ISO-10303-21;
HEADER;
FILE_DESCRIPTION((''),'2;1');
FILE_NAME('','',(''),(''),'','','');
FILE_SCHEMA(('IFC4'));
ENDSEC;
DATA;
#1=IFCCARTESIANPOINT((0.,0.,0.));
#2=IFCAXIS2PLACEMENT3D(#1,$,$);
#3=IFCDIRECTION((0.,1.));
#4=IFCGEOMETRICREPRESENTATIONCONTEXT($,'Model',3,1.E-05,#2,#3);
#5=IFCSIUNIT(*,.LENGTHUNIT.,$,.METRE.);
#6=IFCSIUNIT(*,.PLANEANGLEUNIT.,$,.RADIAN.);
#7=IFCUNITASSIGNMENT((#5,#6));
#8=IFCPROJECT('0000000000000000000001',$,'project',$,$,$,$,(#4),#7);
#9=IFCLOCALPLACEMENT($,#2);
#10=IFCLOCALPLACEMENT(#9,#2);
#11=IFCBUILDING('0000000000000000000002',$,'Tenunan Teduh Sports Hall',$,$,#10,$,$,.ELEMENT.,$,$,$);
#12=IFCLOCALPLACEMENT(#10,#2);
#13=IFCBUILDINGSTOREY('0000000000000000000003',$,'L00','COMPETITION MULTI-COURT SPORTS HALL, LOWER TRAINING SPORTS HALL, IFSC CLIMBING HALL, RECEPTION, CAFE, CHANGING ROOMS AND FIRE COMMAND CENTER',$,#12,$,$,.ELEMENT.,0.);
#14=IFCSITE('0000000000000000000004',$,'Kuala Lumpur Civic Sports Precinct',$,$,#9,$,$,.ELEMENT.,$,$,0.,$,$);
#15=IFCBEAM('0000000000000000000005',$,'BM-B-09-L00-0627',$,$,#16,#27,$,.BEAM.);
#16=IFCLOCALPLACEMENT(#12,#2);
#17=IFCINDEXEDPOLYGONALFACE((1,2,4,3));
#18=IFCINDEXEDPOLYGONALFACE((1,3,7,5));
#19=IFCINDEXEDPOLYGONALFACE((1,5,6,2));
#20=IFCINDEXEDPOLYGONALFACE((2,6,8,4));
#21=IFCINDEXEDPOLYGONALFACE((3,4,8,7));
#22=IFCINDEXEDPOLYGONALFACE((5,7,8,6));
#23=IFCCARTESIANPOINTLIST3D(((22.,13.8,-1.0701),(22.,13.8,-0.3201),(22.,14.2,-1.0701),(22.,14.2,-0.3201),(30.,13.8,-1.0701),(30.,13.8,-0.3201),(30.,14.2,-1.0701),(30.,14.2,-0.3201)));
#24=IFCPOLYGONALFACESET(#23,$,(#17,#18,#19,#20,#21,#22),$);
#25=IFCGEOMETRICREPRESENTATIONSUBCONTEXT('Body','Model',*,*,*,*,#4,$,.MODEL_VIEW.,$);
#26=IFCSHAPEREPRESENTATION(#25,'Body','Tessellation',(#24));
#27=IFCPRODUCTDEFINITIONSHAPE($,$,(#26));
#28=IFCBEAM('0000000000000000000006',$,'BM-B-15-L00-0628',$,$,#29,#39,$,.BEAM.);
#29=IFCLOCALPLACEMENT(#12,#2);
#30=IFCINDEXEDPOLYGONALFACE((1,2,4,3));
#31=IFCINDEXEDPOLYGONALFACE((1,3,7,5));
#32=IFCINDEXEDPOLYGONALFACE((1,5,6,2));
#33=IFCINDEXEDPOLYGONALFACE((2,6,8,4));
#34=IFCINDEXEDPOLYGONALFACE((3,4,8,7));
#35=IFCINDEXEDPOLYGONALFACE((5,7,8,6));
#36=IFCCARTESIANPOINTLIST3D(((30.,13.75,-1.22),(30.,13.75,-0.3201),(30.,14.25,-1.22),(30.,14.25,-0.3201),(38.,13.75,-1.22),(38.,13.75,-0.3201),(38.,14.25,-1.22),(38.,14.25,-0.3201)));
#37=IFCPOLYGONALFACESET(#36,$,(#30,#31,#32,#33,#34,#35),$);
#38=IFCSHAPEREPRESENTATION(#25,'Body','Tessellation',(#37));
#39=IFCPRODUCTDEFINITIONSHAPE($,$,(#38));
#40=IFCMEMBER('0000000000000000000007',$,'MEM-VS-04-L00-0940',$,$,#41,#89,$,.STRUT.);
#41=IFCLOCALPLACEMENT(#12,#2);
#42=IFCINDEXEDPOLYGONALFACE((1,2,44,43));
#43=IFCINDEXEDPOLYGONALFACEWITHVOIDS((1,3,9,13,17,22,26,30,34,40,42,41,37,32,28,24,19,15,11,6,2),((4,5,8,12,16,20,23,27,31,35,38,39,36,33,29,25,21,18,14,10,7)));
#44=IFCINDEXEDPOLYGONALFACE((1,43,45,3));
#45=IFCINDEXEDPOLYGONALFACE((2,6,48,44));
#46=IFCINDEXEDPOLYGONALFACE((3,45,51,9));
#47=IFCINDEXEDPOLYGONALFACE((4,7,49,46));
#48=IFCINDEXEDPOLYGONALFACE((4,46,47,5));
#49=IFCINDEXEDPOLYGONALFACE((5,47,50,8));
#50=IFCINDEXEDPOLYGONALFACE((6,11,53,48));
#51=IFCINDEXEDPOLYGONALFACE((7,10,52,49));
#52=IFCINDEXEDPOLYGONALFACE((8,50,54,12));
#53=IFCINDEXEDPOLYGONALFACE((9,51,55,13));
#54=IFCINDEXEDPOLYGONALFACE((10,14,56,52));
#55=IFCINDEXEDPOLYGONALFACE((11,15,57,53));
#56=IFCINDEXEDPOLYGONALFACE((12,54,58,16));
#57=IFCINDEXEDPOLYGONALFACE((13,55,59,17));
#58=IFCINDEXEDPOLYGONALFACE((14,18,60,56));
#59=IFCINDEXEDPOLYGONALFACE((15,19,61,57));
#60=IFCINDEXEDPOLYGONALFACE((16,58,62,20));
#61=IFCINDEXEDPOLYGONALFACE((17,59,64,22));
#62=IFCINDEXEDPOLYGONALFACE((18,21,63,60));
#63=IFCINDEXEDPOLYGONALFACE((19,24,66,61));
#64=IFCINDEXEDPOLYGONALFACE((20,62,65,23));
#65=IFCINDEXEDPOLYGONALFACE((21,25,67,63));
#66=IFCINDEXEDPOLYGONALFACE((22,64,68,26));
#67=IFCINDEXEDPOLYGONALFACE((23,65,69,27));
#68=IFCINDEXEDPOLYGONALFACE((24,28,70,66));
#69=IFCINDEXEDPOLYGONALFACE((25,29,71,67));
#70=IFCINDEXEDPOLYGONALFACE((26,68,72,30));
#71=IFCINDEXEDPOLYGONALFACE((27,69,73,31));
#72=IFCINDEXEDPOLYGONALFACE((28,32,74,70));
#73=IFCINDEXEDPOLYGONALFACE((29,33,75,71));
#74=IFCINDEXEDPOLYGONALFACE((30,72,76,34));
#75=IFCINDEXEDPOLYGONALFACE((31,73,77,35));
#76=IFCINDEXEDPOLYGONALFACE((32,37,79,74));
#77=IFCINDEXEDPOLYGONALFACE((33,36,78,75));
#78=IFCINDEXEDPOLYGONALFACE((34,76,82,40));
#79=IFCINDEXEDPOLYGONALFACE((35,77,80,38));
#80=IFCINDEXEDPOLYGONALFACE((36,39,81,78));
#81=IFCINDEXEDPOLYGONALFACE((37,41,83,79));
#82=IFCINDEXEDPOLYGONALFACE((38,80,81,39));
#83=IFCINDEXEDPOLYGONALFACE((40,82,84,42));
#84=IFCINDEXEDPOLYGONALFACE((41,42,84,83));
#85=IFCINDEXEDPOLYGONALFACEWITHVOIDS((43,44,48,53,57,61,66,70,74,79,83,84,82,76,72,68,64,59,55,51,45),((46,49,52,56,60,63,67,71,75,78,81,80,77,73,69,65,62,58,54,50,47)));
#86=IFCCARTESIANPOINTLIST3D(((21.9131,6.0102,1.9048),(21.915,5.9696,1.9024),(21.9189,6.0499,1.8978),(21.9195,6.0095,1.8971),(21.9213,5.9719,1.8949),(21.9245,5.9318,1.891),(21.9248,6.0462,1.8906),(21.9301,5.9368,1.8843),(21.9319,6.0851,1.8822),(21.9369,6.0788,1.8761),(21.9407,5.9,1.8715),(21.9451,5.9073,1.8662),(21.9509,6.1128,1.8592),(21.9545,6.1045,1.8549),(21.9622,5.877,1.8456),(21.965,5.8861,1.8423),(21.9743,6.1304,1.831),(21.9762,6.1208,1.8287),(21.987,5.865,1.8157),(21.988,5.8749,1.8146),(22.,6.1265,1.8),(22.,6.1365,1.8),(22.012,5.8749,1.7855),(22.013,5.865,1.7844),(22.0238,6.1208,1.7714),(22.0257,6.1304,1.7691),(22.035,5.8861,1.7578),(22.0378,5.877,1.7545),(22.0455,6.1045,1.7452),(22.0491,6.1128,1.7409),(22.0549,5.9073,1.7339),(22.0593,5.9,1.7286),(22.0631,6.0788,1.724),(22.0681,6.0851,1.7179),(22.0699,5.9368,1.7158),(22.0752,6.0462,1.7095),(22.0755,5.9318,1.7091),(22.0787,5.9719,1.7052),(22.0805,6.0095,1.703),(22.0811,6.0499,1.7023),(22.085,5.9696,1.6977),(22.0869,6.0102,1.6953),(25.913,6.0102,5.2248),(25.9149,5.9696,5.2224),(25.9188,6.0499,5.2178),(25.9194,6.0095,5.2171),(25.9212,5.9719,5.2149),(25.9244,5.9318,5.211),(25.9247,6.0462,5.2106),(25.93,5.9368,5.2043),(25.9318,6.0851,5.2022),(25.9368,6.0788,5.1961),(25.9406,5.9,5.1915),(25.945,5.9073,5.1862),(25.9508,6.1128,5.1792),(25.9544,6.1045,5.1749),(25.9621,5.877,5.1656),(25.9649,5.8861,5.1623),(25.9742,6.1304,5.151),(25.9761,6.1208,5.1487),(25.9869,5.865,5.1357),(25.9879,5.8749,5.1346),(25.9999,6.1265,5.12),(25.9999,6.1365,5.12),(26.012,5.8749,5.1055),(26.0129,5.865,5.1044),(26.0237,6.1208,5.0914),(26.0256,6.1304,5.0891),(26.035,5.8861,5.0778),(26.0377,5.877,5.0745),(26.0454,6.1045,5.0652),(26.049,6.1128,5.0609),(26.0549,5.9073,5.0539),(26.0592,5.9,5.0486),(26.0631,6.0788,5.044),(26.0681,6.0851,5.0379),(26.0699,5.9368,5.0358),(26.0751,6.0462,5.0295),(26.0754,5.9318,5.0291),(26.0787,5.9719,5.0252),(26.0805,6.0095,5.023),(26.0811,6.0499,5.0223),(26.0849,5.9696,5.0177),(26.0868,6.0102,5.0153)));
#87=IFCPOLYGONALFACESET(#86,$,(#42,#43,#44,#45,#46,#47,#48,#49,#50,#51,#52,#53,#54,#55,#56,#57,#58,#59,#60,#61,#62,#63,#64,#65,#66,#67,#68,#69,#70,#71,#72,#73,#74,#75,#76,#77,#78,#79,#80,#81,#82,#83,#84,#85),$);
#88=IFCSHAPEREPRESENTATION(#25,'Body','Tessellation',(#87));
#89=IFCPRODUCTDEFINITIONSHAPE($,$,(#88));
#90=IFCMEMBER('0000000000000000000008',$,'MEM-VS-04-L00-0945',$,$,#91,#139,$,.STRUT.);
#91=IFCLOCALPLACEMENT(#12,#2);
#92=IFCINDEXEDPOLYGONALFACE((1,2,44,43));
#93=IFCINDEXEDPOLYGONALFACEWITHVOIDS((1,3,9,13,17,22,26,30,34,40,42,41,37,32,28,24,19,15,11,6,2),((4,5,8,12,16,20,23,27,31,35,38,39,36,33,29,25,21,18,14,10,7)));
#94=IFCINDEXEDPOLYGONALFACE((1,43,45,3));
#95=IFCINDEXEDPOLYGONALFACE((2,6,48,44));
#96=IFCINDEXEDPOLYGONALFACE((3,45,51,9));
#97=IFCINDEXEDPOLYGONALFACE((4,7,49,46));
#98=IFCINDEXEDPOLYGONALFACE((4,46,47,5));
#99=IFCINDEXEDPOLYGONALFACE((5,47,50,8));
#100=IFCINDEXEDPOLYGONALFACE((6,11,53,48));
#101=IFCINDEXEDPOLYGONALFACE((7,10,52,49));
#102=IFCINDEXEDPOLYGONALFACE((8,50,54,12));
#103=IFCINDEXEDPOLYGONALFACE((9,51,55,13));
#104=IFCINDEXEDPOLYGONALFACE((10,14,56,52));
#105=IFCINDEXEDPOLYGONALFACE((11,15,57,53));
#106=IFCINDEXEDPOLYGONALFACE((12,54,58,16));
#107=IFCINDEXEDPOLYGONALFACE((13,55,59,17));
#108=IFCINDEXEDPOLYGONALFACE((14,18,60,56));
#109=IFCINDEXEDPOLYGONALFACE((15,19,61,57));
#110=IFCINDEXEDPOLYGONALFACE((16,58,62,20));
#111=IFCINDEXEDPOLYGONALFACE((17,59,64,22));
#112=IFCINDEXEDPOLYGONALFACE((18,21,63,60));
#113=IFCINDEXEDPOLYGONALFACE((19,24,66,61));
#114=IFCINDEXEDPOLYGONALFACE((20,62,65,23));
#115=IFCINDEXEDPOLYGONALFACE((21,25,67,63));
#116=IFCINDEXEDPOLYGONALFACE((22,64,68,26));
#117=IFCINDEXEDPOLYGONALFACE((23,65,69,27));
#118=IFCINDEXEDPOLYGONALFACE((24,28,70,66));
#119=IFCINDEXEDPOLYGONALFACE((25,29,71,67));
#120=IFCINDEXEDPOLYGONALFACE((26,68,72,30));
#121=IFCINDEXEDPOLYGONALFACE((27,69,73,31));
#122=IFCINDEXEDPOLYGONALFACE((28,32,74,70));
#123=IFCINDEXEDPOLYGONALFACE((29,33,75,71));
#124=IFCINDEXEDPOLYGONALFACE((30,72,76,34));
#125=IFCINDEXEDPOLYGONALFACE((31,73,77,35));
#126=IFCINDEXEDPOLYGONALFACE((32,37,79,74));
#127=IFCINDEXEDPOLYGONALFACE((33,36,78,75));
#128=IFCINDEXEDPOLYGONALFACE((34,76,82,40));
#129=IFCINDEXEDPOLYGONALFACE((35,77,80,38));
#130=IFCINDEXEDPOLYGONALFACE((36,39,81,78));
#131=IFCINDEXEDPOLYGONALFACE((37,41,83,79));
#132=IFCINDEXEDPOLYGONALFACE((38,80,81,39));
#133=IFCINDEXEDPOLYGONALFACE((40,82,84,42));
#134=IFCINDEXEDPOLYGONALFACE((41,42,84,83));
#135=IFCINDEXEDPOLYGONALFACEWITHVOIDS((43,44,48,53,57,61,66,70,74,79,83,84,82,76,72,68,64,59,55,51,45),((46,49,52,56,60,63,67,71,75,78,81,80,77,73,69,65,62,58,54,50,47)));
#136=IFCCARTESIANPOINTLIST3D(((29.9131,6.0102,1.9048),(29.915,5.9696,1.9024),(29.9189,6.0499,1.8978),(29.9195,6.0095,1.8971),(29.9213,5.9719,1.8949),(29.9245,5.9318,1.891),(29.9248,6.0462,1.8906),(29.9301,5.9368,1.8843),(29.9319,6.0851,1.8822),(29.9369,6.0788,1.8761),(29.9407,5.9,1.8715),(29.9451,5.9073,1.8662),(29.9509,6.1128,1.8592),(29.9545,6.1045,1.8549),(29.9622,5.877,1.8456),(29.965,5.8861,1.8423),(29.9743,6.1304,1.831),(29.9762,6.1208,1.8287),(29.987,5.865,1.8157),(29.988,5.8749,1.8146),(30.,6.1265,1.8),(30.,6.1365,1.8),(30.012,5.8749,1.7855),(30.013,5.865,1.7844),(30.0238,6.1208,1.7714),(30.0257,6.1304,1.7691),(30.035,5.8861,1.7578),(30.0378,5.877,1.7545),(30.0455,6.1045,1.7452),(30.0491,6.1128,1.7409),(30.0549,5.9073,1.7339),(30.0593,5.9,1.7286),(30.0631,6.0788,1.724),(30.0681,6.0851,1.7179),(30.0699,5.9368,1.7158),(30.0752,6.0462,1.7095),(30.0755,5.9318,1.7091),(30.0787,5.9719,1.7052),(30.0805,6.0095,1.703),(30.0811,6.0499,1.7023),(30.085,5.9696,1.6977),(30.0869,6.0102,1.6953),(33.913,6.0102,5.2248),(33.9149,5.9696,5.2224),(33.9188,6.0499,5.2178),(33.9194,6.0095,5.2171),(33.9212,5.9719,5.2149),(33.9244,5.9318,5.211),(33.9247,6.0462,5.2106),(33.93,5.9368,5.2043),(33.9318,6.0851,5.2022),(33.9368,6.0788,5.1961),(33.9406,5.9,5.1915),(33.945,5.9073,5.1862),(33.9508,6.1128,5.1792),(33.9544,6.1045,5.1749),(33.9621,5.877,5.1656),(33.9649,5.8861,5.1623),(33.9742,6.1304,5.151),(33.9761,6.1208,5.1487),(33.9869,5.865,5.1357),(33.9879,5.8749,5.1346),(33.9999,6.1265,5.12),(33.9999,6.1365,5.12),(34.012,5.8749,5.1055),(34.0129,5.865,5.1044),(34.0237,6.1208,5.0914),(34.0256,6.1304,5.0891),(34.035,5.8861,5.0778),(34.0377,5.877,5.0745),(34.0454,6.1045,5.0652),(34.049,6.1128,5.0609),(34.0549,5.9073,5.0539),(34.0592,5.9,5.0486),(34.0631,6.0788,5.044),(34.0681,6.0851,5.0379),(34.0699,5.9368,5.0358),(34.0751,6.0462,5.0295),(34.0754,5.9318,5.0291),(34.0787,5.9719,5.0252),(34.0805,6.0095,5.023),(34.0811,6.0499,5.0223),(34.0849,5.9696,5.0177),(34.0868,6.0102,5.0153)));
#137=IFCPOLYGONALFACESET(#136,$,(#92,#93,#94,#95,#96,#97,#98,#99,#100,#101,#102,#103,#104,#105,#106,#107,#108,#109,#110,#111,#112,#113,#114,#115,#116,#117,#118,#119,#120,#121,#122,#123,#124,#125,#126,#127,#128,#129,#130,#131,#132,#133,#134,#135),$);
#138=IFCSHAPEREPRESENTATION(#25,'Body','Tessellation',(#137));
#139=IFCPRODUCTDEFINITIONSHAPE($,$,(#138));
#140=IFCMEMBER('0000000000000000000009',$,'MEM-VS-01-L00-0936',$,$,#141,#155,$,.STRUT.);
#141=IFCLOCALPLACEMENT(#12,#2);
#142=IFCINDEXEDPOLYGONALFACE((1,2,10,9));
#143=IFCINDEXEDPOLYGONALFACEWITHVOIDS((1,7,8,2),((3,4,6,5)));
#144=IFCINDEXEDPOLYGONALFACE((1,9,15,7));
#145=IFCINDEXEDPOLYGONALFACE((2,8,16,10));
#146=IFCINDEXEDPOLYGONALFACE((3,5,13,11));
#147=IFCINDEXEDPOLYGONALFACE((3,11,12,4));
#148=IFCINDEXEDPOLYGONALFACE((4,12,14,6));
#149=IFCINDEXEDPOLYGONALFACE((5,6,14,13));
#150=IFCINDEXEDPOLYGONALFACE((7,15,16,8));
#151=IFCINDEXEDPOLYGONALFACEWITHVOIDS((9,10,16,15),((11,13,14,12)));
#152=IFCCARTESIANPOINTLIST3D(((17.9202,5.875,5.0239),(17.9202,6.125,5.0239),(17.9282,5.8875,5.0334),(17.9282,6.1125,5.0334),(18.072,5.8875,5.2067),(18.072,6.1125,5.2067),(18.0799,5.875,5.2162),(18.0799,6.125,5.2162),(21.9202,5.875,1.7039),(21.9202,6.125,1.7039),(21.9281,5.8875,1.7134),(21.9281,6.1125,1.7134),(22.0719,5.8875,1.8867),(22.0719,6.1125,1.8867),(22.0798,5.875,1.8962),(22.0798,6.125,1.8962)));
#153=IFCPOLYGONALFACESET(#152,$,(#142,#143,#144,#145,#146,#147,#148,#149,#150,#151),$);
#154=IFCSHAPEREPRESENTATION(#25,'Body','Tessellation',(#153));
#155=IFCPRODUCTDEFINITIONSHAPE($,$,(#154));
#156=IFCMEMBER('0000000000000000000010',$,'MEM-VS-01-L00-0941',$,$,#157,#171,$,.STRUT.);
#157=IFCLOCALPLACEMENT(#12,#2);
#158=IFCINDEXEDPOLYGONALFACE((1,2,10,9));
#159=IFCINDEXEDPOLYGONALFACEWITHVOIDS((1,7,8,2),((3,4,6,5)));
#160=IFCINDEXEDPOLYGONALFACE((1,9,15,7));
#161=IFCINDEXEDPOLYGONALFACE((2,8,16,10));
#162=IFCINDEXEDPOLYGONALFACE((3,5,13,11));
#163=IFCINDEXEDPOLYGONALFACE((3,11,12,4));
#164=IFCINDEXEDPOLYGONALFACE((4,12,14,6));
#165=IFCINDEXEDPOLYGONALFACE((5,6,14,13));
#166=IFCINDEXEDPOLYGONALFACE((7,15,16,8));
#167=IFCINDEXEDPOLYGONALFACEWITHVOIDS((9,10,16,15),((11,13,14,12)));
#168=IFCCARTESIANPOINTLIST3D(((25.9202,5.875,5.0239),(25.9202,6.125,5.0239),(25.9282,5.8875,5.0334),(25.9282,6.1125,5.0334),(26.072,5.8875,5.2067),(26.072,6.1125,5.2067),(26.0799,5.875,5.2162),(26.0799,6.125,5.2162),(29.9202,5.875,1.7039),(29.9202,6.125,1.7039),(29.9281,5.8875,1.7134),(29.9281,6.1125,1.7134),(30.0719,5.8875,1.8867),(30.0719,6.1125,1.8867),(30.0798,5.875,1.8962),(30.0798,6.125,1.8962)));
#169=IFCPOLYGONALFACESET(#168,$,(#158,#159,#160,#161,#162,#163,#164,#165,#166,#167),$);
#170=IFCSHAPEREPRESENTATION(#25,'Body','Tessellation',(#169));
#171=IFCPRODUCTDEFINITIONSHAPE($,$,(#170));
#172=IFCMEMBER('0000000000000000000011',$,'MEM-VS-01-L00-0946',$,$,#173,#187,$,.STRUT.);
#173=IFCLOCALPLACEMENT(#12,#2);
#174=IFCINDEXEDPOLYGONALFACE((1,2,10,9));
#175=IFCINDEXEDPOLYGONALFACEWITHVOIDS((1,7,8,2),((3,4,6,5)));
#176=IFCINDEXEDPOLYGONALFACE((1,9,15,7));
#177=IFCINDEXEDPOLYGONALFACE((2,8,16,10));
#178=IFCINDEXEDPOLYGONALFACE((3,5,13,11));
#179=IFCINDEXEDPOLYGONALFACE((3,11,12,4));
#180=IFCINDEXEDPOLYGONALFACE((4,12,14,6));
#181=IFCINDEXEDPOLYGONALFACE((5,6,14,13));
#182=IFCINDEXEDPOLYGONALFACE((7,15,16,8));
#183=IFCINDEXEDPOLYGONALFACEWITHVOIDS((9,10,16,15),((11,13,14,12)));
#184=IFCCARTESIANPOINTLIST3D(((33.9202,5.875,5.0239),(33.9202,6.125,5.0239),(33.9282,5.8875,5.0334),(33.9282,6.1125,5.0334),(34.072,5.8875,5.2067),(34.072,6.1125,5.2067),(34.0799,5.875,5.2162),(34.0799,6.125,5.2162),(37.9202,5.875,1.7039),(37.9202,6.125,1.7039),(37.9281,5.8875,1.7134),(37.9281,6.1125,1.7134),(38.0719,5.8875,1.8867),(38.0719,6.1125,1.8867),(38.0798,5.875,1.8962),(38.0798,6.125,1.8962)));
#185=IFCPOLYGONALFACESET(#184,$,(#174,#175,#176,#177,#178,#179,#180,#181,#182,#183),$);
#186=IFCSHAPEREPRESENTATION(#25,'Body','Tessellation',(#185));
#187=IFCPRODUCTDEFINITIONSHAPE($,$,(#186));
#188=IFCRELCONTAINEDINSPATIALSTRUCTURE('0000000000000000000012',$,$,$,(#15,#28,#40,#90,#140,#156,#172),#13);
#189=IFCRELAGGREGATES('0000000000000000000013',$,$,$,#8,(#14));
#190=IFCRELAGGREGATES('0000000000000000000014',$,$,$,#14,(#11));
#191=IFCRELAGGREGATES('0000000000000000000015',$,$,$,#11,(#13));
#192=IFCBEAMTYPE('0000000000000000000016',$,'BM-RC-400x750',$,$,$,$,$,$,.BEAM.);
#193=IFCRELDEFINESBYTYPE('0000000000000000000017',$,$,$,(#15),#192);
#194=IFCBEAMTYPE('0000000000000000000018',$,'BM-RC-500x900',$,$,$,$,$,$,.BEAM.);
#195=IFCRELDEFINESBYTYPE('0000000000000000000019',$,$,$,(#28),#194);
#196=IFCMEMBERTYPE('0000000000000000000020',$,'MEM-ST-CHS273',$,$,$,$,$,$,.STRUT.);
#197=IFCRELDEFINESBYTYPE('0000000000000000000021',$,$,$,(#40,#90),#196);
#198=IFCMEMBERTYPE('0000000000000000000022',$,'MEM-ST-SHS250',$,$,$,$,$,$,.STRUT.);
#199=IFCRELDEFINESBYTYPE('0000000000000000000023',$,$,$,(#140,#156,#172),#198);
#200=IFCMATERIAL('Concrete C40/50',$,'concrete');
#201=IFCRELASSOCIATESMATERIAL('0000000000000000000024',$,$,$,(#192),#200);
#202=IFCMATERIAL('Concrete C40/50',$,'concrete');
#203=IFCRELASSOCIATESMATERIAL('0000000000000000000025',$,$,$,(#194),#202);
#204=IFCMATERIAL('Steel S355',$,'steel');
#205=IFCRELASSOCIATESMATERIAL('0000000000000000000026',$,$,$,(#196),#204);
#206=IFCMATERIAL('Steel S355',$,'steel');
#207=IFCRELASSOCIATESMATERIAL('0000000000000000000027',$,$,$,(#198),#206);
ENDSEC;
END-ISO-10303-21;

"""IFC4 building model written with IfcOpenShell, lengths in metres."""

from ifc_helpers import new_model, si_unit, direction, frame, origin, origin_2d, place, context, subcontext, project, spatial, rectangle, hollow_rectangle, hollow_circle, extrude, material, material_profile, profile_set, type_object, element, save


model = new_model("IFC4")

# Units and contexts
model_context = context("Model", 3, precision=1e-05, world=origin(), true_north=direction((0.0, 1.0)))
body_context = subcontext(model_context, "Body", "Model", "MODEL_VIEW")
ifc_project = project(units=[si_unit("LENGTHUNIT", "METRE"), si_unit("PLANEANGLEUNIT", "RADIAN")], contexts=[model_context])

# Site, building, storey
site_placement = place(None, origin())
site = spatial("IfcSite", under=ifc_project, at=site_placement, Name="Kuala Lumpur Civic Sports Precinct", CompositionType="ELEMENT", RefElevation=0.0)
building_placement = place(site_placement, origin())
building = spatial("IfcBuilding", under=site, at=building_placement, Name="Tenunan Teduh Sports Hall", CompositionType="ELEMENT")
storey_placement = place(building_placement, origin())
storey = spatial("IfcBuildingStorey", under=building, at=storey_placement, Name="L00", Description="COMPETITION MULTI-COURT SPORTS HALL, LOWER TRAINING SPORTS HALL, IFSC CLIMBING HALL, RECEPTION, CAFE, CHANGING ROOMS AND FIRE COMMAND CENTER", CompositionType="ELEMENT", Elevation=0.0)

# Beams
ifc_material_1 = material(Name="Concrete C40/50", Category="concrete")
ifc_material_profile_1 = material_profile(ifc_material_1, rectangle(XDim=0.3999, YDim=0.75, at=origin_2d()), Name="RCB 400x750")
ifc_profile_set_1 = profile_set([ifc_material_profile_1], Name="Concrete C40/50")
beam_type_1 = type_object("IfcBeamType", Name="BM-RC-400x750", PredefinedType="BEAM", material=ifc_profile_set_1)
beam_1_placement = place(storey_placement, frame((22.0, 14.0, -0.6951), z_axis=(1.0, 0.0, 0.0), x_axis=(0.0, 1.0, 0.0)))
element("IfcBeam", 1, at=beam_1_placement, inside=storey, type_object=beam_type_1, Name="BM-B-09-L00-0627", PredefinedType="BEAM", context=body_context, shape_type="SweptSolid", body=[
    extrude(rectangle(XDim=0.3999, YDim=0.75, at=origin_2d()), origin(), (0.0, 0.0, 1.0), 8.0),
])
ifc_material_2 = material(Name="Concrete C40/50", Category="concrete")
ifc_material_profile_2 = material_profile(ifc_material_2, rectangle(XDim=0.5, YDim=0.8999, at=origin_2d()), Name="RCB 500x900")
ifc_profile_set_2 = profile_set([ifc_material_profile_2], Name="Concrete C40/50")
beam_type_2 = type_object("IfcBeamType", Name="BM-RC-500x900", PredefinedType="BEAM", material=ifc_profile_set_2)
beam_2_placement = place(storey_placement, frame((30.0, 14.0, -0.77), z_axis=(1.0, 0.0, 0.0), x_axis=(0.0, 1.0, 0.0)))
element("IfcBeam", 2, at=beam_2_placement, inside=storey, type_object=beam_type_2, Name="BM-B-15-L00-0628", PredefinedType="BEAM", context=body_context, shape_type="SweptSolid", body=[
    extrude(rectangle(XDim=0.5, YDim=0.8999, at=origin_2d()), origin(), (0.0, 0.0, 1.0), 8.0),
])

# Members
ifc_material_3 = material(Name="Steel S355", Category="steel")
ifc_material_profile_3 = material_profile(ifc_material_3, hollow_circle(Radius=0.1365, WallThickness=0.01, at=origin_2d()), Name="CHS 273.0x10.0")
ifc_profile_set_3 = profile_set([ifc_material_profile_3], Name="Steel S355")
member_type_1 = type_object("IfcMemberType", Name="MEM-ST-CHS273", PredefinedType="STRUT", material=ifc_profile_set_3)
for number, where, z_axis, x_axis, name in (
    (3, (22.0, 6.0, 1.8), (0.769475, 0.0, 0.638677), (0.0, 1.0, 0.0), "MEM-VS-04-L00-0940"),
    (4, (30.0, 6.0, 1.8), (0.769475, 0.0, 0.638677), (0.0, 1.0, 0.0), "MEM-VS-04-L00-0945"),
):
    element("IfcMember", number, at=place(storey_placement, frame(where, z_axis=z_axis, x_axis=x_axis)), inside=storey, type_object=member_type_1, Name=name, PredefinedType="STRUT", context=body_context, shape_type="SweptSolid", body=[
        extrude(hollow_circle(Radius=0.1365, WallThickness=0.01, at=origin_2d()), origin(), (0.0, 0.0, 1.0), 5.1982),
    ])
ifc_material_4 = material(Name="Steel S355", Category="steel")
ifc_material_profile_4 = material_profile(ifc_material_4, hollow_rectangle(XDim=0.25, YDim=0.25, WallThickness=0.0125, at=origin_2d()), Name="SHS 250x250x12.5")
ifc_profile_set_4 = profile_set([ifc_material_profile_4], Name="Steel S355")
member_type_2 = type_object("IfcMemberType", Name="MEM-ST-SHS250", PredefinedType="STRUT", material=ifc_profile_set_4)
for number, where, z_axis, x_axis, name in (
    (5, (22.0, 6.0, 1.8), (-0.769475, 0.0, 0.638677), (0.0, -1.0, 0.0), "MEM-VS-01-L00-0936"),
    (6, (30.0, 6.0, 1.8), (-0.769475, 0.0, 0.638677), (0.0, -1.0, 0.0), "MEM-VS-01-L00-0941"),
    (7, (38.0, 6.0, 1.8), (-0.769475, 0.0, 0.638677), (0.0, -1.0, 0.0), "MEM-VS-01-L00-0946"),
):
    element("IfcMember", number, at=place(storey_placement, frame(where, z_axis=z_axis, x_axis=x_axis)), inside=storey, type_object=member_type_2, Name=name, PredefinedType="STRUT", context=body_context, shape_type="SweptSolid", body=[
        extrude(hollow_rectangle(XDim=0.25, YDim=0.25, WallThickness=0.0125, at=origin_2d()), origin(), (0.0, 0.0, 1.0), 5.1982),
    ])

save(model, "model.ifc")
